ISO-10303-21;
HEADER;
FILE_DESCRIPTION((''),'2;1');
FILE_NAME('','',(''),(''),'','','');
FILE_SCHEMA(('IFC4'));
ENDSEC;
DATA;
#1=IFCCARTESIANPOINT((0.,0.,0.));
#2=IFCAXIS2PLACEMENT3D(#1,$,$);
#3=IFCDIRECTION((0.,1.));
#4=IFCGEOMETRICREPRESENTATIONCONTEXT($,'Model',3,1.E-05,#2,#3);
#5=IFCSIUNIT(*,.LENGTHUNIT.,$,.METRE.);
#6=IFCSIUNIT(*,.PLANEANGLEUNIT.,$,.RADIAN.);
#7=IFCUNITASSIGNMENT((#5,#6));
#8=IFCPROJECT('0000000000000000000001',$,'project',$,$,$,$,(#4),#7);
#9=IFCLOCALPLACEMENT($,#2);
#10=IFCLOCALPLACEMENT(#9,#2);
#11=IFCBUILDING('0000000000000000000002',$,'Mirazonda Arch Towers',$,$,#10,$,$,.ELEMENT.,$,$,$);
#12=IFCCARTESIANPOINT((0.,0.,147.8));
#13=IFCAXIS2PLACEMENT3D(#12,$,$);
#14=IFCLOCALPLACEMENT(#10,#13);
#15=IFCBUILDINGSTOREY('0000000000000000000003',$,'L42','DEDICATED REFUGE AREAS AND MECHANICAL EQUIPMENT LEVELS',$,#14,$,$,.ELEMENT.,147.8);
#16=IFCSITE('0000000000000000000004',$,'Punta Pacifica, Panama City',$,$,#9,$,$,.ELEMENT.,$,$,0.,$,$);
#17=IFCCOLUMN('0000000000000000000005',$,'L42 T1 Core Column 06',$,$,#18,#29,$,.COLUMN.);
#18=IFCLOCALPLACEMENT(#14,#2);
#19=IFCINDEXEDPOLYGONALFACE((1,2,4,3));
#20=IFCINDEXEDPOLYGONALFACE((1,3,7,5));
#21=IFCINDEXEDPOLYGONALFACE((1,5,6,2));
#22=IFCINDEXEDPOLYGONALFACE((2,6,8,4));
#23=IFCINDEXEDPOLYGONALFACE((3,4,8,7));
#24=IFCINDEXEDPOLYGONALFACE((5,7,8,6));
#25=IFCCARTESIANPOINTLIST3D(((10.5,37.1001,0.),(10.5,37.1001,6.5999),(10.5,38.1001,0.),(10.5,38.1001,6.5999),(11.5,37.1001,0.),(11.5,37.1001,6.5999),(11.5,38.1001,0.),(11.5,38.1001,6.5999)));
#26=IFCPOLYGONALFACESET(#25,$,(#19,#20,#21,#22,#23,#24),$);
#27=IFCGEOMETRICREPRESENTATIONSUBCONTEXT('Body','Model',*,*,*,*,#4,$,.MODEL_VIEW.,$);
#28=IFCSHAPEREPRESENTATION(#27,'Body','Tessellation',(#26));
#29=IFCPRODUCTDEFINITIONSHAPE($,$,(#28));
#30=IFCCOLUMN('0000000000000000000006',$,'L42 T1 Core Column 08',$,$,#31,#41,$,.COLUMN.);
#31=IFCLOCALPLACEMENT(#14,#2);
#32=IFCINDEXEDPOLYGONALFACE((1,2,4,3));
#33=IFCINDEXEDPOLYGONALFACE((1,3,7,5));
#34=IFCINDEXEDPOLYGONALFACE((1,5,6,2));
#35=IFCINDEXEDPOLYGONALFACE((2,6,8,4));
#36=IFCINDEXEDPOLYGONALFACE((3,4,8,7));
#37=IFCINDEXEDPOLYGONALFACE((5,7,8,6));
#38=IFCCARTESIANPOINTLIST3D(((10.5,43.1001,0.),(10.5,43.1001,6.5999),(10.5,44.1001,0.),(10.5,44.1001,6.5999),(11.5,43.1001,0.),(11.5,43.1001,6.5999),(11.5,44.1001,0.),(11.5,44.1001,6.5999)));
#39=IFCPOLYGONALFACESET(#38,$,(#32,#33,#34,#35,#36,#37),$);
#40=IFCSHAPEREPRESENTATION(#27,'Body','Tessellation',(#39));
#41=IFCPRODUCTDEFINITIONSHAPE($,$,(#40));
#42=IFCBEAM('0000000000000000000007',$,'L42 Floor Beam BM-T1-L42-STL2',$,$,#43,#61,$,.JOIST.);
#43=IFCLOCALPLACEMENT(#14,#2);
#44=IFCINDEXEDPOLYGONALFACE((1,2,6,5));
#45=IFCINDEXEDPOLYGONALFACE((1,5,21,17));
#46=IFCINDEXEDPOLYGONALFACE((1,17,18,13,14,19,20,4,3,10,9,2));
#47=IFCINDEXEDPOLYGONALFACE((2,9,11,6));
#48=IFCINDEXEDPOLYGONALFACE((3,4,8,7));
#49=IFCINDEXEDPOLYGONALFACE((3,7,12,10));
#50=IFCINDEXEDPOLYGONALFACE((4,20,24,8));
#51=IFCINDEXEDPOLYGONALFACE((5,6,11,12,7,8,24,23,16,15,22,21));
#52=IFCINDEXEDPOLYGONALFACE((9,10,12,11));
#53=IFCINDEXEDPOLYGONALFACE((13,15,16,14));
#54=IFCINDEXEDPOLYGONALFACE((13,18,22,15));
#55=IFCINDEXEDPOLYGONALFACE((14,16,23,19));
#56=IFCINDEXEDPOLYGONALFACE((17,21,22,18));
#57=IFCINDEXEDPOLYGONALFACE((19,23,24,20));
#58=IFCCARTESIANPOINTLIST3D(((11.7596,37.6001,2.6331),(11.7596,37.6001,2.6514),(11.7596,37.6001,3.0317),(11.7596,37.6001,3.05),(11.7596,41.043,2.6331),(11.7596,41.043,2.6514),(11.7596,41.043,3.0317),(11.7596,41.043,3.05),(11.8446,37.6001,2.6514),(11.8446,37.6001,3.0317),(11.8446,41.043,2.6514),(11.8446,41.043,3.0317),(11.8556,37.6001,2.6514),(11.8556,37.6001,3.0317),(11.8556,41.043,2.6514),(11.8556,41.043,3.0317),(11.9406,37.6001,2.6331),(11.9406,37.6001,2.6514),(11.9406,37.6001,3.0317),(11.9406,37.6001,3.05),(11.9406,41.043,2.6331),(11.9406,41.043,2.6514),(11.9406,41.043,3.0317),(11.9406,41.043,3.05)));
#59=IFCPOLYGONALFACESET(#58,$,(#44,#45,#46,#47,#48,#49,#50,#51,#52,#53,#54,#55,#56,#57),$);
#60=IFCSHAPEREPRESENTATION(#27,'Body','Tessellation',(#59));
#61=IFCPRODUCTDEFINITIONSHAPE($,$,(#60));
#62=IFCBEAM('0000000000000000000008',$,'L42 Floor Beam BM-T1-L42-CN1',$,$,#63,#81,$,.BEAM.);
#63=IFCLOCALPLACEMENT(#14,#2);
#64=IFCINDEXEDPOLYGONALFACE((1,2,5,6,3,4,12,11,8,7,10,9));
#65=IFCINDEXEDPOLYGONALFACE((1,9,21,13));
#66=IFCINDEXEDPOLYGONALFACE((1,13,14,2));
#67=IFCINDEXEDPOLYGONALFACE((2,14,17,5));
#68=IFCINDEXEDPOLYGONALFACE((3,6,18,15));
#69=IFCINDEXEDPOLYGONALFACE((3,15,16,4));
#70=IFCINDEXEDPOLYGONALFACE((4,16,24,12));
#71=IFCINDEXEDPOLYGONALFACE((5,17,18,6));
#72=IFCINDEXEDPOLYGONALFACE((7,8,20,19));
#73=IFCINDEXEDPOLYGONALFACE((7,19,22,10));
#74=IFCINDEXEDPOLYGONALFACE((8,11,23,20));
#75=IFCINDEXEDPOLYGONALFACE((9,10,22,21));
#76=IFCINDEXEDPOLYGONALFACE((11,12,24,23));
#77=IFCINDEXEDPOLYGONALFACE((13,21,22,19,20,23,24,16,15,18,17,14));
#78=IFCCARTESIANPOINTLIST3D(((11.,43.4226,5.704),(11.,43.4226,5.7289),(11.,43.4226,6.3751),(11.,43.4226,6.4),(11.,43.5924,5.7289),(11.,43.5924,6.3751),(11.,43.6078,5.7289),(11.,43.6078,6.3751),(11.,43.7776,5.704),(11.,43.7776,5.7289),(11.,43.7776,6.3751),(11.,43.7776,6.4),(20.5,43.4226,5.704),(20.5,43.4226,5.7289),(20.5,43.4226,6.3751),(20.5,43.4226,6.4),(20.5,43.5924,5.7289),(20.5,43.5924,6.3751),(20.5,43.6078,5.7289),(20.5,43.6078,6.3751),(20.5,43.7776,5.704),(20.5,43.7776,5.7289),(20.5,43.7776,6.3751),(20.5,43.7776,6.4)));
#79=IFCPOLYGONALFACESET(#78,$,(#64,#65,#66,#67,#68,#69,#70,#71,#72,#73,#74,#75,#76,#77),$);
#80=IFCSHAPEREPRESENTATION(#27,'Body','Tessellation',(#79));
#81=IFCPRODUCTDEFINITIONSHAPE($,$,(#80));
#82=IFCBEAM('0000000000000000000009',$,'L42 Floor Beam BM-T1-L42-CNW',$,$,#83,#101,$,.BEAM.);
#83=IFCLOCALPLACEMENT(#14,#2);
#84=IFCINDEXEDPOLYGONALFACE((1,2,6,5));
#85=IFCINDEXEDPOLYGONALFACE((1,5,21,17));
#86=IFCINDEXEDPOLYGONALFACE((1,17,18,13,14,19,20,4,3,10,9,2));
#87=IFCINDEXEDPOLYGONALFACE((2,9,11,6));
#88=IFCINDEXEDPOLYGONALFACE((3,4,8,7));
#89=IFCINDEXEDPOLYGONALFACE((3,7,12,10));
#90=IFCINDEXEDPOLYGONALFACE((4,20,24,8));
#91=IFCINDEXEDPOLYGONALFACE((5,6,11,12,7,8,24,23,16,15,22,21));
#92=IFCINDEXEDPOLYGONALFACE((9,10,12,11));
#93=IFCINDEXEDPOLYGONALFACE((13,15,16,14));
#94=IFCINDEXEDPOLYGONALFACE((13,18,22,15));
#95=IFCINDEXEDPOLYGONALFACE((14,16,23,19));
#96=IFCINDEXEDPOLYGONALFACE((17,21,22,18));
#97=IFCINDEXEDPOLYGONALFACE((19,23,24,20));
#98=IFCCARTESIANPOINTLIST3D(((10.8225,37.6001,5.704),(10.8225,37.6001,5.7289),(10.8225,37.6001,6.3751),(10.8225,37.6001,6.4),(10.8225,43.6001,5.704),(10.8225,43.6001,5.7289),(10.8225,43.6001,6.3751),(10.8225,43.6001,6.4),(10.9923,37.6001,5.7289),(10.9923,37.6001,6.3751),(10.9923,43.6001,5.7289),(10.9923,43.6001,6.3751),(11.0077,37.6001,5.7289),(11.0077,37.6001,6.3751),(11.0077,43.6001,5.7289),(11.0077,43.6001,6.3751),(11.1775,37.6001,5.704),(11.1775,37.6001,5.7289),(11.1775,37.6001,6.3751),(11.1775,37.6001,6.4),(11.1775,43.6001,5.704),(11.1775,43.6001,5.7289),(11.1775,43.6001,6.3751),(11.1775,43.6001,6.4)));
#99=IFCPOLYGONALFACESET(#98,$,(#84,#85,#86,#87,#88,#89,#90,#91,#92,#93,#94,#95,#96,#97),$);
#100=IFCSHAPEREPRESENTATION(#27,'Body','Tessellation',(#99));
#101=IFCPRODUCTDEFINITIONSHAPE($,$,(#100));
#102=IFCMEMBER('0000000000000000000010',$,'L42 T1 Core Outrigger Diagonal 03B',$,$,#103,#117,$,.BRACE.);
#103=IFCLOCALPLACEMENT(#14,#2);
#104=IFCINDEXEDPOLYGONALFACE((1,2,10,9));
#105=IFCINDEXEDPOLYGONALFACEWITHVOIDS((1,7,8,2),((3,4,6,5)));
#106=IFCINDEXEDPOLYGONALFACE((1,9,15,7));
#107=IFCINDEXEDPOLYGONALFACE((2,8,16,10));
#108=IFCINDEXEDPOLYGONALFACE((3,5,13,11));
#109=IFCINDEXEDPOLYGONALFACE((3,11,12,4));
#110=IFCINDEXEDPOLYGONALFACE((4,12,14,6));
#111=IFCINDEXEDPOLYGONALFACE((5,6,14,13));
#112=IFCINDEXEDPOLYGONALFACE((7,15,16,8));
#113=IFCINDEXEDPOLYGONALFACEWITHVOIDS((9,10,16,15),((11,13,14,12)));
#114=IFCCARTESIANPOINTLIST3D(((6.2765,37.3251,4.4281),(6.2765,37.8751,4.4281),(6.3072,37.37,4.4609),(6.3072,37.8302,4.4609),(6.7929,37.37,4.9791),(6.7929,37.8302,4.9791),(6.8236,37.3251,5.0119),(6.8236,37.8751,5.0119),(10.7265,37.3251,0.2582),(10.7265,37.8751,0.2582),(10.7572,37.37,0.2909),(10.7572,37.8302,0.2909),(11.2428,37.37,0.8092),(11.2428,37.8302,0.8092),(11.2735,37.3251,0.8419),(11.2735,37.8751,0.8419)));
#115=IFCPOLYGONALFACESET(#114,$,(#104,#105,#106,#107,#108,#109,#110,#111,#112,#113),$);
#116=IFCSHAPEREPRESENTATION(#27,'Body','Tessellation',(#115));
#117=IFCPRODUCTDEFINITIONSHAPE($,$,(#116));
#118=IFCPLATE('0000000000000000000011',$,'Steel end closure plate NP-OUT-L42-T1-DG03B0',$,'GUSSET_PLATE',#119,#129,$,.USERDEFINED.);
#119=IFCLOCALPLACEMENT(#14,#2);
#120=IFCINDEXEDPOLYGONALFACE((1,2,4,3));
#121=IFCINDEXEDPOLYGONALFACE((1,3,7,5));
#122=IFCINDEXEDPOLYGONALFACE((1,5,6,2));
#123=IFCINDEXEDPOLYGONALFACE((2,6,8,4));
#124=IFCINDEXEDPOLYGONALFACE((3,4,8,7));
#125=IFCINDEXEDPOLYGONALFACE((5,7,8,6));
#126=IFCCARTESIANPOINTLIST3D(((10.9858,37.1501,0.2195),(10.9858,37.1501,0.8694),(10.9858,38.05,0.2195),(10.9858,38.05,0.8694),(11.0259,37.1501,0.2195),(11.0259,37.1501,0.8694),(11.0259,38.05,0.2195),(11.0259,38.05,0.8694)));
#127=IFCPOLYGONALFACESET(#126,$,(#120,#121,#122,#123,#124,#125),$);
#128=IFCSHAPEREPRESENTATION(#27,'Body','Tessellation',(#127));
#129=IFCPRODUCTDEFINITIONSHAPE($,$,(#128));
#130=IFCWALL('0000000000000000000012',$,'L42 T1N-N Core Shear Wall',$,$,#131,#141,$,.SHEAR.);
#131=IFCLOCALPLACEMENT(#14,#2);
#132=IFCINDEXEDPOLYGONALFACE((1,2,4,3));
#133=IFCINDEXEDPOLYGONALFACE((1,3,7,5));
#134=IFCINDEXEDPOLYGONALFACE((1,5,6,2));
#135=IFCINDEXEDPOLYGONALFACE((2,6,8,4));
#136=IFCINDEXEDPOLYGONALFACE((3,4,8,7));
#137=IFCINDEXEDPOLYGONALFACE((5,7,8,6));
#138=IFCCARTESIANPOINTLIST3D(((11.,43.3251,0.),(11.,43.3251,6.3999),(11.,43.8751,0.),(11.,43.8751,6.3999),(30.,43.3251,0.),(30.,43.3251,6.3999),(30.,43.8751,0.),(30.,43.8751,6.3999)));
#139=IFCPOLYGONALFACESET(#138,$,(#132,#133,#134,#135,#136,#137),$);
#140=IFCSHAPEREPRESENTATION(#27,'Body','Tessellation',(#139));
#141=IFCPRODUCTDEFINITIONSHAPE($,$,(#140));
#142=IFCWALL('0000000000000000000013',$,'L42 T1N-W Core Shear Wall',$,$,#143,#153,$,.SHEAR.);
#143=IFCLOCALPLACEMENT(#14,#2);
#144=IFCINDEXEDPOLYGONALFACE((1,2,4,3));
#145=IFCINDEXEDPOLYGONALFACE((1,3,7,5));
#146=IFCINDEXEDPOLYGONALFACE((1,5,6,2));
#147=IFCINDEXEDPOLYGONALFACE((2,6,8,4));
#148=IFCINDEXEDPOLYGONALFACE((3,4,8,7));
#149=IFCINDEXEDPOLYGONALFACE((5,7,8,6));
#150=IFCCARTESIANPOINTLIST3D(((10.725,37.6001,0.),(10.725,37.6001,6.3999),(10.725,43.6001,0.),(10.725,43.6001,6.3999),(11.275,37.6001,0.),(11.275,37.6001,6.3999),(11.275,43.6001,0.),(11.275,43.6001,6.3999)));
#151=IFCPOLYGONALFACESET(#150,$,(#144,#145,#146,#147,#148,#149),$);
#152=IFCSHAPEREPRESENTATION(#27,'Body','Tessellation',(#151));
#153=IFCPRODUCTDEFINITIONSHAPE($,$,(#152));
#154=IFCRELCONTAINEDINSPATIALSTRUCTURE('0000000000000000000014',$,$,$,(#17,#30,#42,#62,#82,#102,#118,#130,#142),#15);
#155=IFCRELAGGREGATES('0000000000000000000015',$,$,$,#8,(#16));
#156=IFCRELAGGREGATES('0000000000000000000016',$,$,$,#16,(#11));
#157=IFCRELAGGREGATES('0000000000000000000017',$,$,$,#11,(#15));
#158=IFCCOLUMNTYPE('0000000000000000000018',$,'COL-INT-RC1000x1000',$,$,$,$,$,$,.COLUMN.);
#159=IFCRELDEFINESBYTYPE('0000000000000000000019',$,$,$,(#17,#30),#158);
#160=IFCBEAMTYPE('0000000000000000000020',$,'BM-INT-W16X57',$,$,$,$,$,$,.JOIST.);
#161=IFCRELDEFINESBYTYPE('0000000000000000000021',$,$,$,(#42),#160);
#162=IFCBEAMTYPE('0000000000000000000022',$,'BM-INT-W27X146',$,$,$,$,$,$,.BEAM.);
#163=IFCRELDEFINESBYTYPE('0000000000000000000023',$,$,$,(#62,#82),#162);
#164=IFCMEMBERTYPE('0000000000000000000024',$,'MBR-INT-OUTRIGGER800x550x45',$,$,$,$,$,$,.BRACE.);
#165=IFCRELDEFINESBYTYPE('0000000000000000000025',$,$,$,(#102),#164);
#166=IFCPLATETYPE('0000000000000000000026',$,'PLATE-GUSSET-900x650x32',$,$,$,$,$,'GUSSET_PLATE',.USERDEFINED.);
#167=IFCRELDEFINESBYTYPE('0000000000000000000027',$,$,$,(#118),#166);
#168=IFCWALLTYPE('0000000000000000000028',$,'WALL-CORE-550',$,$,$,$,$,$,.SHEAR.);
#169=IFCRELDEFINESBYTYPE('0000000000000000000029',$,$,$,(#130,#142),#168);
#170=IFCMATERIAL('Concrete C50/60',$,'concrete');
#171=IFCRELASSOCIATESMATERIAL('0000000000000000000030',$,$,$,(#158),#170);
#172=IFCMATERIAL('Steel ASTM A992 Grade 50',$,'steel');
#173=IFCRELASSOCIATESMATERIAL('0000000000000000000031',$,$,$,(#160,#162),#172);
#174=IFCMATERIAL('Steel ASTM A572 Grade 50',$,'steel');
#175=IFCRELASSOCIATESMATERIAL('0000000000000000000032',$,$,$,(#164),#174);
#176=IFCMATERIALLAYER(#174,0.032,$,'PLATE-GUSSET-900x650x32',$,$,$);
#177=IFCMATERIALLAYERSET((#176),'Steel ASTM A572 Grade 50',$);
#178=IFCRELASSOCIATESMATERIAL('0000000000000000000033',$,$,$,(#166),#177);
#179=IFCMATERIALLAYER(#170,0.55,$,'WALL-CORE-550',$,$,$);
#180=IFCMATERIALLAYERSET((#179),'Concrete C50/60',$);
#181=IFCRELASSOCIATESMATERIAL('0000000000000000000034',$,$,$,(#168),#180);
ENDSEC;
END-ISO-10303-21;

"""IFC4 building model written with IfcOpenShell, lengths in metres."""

from ifc_helpers import new_model, si_unit, direction, frame, frame_2d, origin, origin_2d, place, context, subcontext, project, spatial, rectangle, hollow_rectangle, i_section, extrude, material, layer, layer_set, material_profile, profile_set, type_object, element, save


model = new_model("IFC4")

# Units and contexts
model_context = context("Model", 3, precision=1e-05, world=origin(), true_north=direction((0.0, 1.0)))
body_context = subcontext(model_context, "Body", "Model", "MODEL_VIEW")
ifc_project = project(units=[si_unit("LENGTHUNIT", "METRE"), si_unit("PLANEANGLEUNIT", "RADIAN")], contexts=[model_context])

# Site, building, storey
site_placement = place(None, origin())
site = spatial("IfcSite", under=ifc_project, at=site_placement, Name="Punta Pacifica, Panama City", CompositionType="ELEMENT", RefElevation=0.0)
building_placement = place(site_placement, origin())
building = spatial("IfcBuilding", under=site, at=building_placement, Name="Mirazonda Arch Towers", CompositionType="ELEMENT")
storey_placement = place(building_placement, frame((0.0, 0.0, 147.8)))
storey = spatial("IfcBuildingStorey", under=building, at=storey_placement, Name="L42", Description="DEDICATED REFUGE AREAS AND MECHANICAL EQUIPMENT LEVELS", CompositionType="ELEMENT", Elevation=147.8)

# Columns
ifc_material_1 = material(Name="Concrete C50/60", Category="concrete")
ifc_material_profile_1 = material_profile(ifc_material_1, rectangle(XDim=1.0, YDim=1.0, at=origin_2d()), Name="RC1000x1000")
ifc_profile_set_1 = profile_set([ifc_material_profile_1], Name="Concrete C50/60")
column_type = type_object("IfcColumnType", Name="COL-INT-RC1000x1000", PredefinedType="COLUMN", material=ifc_profile_set_1)
for number, where, z_axis, x_axis, name in (
    (1, (11.0, 37.6001, 0.0), (0.0, 0.0, 1.0), (1.0, 0.0, 0.0), "L42 T1 Core Column 06"),
    (2, (11.0, 43.6001, 0.0), (0.0, 0.0, 1.0), (1.0, 0.0, 0.0), "L42 T1 Core Column 08"),
):
    element("IfcColumn", number, at=place(storey_placement, frame(where, z_axis=z_axis, x_axis=x_axis)), inside=storey, type_object=column_type, Name=name, PredefinedType="COLUMN", context=body_context, shape_type="SweptSolid", body=[
        extrude(rectangle(XDim=1.0, YDim=1.0, at=origin_2d()), origin(), (0.0, 0.0, 1.0), 6.5999),
    ])

# Beams
ifc_material_2 = material(Name="Steel ASTM A992 Grade 50", Category="steel")
ifc_material_profile_2 = material_profile(ifc_material_2, i_section(OverallWidth=0.1809, OverallDepth=0.417, WebThickness=0.011, FlangeThickness=0.0183, at=origin_2d()), Name="W16X57")
ifc_profile_set_2 = profile_set([ifc_material_profile_2], Name="Steel ASTM A992 Grade 50")
beam_type_1 = type_object("IfcBeamType", Name="BM-INT-W16X57", PredefinedType="JOIST", material=ifc_profile_set_2)
beam_1_placement = place(storey_placement, frame((11.8501, 37.6001, 2.8416), z_axis=(0.0, 1.0, 0.0), x_axis=(-1.0, 0.0, 0.0)))
element("IfcBeam", 3, at=beam_1_placement, inside=storey, type_object=beam_type_1, Name="L42 Floor Beam BM-T1-L42-STL2", PredefinedType="JOIST", context=body_context, shape_type="SweptSolid", body=[
    extrude(i_section(OverallWidth=0.1809, OverallDepth=0.417, WebThickness=0.011, FlangeThickness=0.0183, at=origin_2d()), origin(), (0.0, 0.0, 1.0), 3.4429),
])
ifc_material_profile_3 = material_profile(ifc_material_2, i_section(OverallWidth=0.355, OverallDepth=0.696, WebThickness=0.0154, FlangeThickness=0.0249, at=origin_2d()), Name="W27X146")
ifc_profile_set_3 = profile_set([ifc_material_profile_3], Name="Steel ASTM A992 Grade 50")
beam_type_2 = type_object("IfcBeamType", Name="BM-INT-W27X146", PredefinedType="BEAM", material=ifc_profile_set_3)
beam_2_placement = place(storey_placement, frame((11.0, 43.6001, 6.052), z_axis=(1.0, 0.0, 0.0), x_axis=(0.0, 1.0, 0.0)))
element("IfcBeam", 4, at=beam_2_placement, inside=storey, type_object=beam_type_2, Name="L42 Floor Beam BM-T1-L42-CN1", PredefinedType="BEAM", context=body_context, shape_type="SweptSolid", body=[
    extrude(i_section(OverallWidth=0.355, OverallDepth=0.696, WebThickness=0.0154, FlangeThickness=0.0249, at=origin_2d()), origin(), (0.0, 0.0, 1.0), 9.5),
])
beam_3_placement = place(storey_placement, frame((11.0, 37.6001, 6.052), z_axis=(0.0, 1.0, 0.0), x_axis=(-1.0, 0.0, 0.0)))
element("IfcBeam", 5, at=beam_3_placement, inside=storey, type_object=beam_type_2, Name="L42 Floor Beam BM-T1-L42-CNW", PredefinedType="BEAM", context=body_context, shape_type="SweptSolid", body=[
    extrude(i_section(OverallWidth=0.355, OverallDepth=0.696, WebThickness=0.0154, FlangeThickness=0.0249, at=origin_2d()), origin(), (0.0, 0.0, 1.0), 6.0),
])

# Member
ifc_material_3 = material(Name="Steel ASTM A572 Grade 50", Category="steel")
ifc_material_profile_4 = material_profile(ifc_material_3, hollow_rectangle(XDim=0.55, YDim=0.8, WallThickness=0.0449, at=origin_2d()), Name="OUTRIGGER800x550x45")
ifc_profile_set_4 = profile_set([ifc_material_profile_4], Name="Steel ASTM A572 Grade 50")
member_type = type_object("IfcMemberType", Name="MBR-INT-OUTRIGGER800x550x45", PredefinedType="BRACE", material=ifc_profile_set_4)
member_placement = place(storey_placement, frame((11.0, 37.6001, 0.55), z_axis=(-0.729693, 0.0, 0.683775), x_axis=(0.0, -1.0, 0.0)))
element("IfcMember", 6, at=member_placement, inside=storey, type_object=member_type, Name="L42 T1 Core Outrigger Diagonal 03B", PredefinedType="BRACE", context=body_context, shape_type="SweptSolid", body=[
    extrude(hollow_rectangle(XDim=0.55, YDim=0.8, WallThickness=0.0449, at=origin_2d()), origin(), (0.0, 0.0, 1.0), 6.0984),
])

# Plate
ifc_layer_1 = layer(ifc_material_3, 0.032, Name="PLATE-GUSSET-900x650x32")
ifc_layer_set_1 = layer_set([ifc_layer_1], Name="Steel ASTM A572 Grade 50")
plate_type = type_object("IfcPlateType", Name="PLATE-GUSSET-900x650x32", ElementType="GUSSET_PLATE", PredefinedType="USERDEFINED", material=ifc_layer_set_1)
plate_placement = place(storey_placement, frame((11.0059, 37.6001, 0.2195), z_axis=(0.0, 0.0, 1.0), x_axis=(1.0, 0.0, 0.0)))
element("IfcPlate", 7, at=plate_placement, inside=storey, type_object=plate_type, Name="Steel end closure plate NP-OUT-L42-T1-DG03B0", ObjectType="GUSSET_PLATE", PredefinedType="USERDEFINED", context=body_context, shape_type="SweptSolid", body=[
    extrude(rectangle(XDim=0.04, YDim=0.8999, at=origin_2d()), origin(), (0.0, 0.0, 1.0), 0.6499),
])

# Walls
ifc_layer_2 = layer(ifc_material_1, 0.55, Name="WALL-CORE-550")
ifc_layer_set_2 = layer_set([ifc_layer_2], Name="Concrete C50/60")
wall_type = type_object("IfcWallType", Name="WALL-CORE-550", PredefinedType="SHEAR", material=ifc_layer_set_2)
wall_1_placement = place(storey_placement, frame((11.0, 43.6001, 0.0), z_axis=(0.0, 0.0, 1.0), x_axis=(1.0, 0.0, 0.0)))
element("IfcWall", 8, at=wall_1_placement, inside=storey, type_object=wall_type, Name="L42 T1N-N Core Shear Wall", PredefinedType="SHEAR", context=body_context, shape_type="SweptSolid", body=[
    extrude(rectangle(XDim=19.0, YDim=0.55, at=frame_2d((9.5, 0.0))), origin(), (0.0, 0.0, 1.0), 6.3999),
])
wall_2_placement = place(storey_placement, frame((11.0, 37.6001, 0.0), z_axis=(0.0, 0.0, 1.0), x_axis=(0.0, 1.0, 0.0)))
element("IfcWall", 9, at=wall_2_placement, inside=storey, type_object=wall_type, Name="L42 T1N-W Core Shear Wall", PredefinedType="SHEAR", context=body_context, shape_type="SweptSolid", body=[
    extrude(rectangle(XDim=6.0, YDim=0.55, at=frame_2d((3.0, 0.0))), origin(), (0.0, 0.0, 1.0), 6.3999),
])

save(model, "model.ifc")
